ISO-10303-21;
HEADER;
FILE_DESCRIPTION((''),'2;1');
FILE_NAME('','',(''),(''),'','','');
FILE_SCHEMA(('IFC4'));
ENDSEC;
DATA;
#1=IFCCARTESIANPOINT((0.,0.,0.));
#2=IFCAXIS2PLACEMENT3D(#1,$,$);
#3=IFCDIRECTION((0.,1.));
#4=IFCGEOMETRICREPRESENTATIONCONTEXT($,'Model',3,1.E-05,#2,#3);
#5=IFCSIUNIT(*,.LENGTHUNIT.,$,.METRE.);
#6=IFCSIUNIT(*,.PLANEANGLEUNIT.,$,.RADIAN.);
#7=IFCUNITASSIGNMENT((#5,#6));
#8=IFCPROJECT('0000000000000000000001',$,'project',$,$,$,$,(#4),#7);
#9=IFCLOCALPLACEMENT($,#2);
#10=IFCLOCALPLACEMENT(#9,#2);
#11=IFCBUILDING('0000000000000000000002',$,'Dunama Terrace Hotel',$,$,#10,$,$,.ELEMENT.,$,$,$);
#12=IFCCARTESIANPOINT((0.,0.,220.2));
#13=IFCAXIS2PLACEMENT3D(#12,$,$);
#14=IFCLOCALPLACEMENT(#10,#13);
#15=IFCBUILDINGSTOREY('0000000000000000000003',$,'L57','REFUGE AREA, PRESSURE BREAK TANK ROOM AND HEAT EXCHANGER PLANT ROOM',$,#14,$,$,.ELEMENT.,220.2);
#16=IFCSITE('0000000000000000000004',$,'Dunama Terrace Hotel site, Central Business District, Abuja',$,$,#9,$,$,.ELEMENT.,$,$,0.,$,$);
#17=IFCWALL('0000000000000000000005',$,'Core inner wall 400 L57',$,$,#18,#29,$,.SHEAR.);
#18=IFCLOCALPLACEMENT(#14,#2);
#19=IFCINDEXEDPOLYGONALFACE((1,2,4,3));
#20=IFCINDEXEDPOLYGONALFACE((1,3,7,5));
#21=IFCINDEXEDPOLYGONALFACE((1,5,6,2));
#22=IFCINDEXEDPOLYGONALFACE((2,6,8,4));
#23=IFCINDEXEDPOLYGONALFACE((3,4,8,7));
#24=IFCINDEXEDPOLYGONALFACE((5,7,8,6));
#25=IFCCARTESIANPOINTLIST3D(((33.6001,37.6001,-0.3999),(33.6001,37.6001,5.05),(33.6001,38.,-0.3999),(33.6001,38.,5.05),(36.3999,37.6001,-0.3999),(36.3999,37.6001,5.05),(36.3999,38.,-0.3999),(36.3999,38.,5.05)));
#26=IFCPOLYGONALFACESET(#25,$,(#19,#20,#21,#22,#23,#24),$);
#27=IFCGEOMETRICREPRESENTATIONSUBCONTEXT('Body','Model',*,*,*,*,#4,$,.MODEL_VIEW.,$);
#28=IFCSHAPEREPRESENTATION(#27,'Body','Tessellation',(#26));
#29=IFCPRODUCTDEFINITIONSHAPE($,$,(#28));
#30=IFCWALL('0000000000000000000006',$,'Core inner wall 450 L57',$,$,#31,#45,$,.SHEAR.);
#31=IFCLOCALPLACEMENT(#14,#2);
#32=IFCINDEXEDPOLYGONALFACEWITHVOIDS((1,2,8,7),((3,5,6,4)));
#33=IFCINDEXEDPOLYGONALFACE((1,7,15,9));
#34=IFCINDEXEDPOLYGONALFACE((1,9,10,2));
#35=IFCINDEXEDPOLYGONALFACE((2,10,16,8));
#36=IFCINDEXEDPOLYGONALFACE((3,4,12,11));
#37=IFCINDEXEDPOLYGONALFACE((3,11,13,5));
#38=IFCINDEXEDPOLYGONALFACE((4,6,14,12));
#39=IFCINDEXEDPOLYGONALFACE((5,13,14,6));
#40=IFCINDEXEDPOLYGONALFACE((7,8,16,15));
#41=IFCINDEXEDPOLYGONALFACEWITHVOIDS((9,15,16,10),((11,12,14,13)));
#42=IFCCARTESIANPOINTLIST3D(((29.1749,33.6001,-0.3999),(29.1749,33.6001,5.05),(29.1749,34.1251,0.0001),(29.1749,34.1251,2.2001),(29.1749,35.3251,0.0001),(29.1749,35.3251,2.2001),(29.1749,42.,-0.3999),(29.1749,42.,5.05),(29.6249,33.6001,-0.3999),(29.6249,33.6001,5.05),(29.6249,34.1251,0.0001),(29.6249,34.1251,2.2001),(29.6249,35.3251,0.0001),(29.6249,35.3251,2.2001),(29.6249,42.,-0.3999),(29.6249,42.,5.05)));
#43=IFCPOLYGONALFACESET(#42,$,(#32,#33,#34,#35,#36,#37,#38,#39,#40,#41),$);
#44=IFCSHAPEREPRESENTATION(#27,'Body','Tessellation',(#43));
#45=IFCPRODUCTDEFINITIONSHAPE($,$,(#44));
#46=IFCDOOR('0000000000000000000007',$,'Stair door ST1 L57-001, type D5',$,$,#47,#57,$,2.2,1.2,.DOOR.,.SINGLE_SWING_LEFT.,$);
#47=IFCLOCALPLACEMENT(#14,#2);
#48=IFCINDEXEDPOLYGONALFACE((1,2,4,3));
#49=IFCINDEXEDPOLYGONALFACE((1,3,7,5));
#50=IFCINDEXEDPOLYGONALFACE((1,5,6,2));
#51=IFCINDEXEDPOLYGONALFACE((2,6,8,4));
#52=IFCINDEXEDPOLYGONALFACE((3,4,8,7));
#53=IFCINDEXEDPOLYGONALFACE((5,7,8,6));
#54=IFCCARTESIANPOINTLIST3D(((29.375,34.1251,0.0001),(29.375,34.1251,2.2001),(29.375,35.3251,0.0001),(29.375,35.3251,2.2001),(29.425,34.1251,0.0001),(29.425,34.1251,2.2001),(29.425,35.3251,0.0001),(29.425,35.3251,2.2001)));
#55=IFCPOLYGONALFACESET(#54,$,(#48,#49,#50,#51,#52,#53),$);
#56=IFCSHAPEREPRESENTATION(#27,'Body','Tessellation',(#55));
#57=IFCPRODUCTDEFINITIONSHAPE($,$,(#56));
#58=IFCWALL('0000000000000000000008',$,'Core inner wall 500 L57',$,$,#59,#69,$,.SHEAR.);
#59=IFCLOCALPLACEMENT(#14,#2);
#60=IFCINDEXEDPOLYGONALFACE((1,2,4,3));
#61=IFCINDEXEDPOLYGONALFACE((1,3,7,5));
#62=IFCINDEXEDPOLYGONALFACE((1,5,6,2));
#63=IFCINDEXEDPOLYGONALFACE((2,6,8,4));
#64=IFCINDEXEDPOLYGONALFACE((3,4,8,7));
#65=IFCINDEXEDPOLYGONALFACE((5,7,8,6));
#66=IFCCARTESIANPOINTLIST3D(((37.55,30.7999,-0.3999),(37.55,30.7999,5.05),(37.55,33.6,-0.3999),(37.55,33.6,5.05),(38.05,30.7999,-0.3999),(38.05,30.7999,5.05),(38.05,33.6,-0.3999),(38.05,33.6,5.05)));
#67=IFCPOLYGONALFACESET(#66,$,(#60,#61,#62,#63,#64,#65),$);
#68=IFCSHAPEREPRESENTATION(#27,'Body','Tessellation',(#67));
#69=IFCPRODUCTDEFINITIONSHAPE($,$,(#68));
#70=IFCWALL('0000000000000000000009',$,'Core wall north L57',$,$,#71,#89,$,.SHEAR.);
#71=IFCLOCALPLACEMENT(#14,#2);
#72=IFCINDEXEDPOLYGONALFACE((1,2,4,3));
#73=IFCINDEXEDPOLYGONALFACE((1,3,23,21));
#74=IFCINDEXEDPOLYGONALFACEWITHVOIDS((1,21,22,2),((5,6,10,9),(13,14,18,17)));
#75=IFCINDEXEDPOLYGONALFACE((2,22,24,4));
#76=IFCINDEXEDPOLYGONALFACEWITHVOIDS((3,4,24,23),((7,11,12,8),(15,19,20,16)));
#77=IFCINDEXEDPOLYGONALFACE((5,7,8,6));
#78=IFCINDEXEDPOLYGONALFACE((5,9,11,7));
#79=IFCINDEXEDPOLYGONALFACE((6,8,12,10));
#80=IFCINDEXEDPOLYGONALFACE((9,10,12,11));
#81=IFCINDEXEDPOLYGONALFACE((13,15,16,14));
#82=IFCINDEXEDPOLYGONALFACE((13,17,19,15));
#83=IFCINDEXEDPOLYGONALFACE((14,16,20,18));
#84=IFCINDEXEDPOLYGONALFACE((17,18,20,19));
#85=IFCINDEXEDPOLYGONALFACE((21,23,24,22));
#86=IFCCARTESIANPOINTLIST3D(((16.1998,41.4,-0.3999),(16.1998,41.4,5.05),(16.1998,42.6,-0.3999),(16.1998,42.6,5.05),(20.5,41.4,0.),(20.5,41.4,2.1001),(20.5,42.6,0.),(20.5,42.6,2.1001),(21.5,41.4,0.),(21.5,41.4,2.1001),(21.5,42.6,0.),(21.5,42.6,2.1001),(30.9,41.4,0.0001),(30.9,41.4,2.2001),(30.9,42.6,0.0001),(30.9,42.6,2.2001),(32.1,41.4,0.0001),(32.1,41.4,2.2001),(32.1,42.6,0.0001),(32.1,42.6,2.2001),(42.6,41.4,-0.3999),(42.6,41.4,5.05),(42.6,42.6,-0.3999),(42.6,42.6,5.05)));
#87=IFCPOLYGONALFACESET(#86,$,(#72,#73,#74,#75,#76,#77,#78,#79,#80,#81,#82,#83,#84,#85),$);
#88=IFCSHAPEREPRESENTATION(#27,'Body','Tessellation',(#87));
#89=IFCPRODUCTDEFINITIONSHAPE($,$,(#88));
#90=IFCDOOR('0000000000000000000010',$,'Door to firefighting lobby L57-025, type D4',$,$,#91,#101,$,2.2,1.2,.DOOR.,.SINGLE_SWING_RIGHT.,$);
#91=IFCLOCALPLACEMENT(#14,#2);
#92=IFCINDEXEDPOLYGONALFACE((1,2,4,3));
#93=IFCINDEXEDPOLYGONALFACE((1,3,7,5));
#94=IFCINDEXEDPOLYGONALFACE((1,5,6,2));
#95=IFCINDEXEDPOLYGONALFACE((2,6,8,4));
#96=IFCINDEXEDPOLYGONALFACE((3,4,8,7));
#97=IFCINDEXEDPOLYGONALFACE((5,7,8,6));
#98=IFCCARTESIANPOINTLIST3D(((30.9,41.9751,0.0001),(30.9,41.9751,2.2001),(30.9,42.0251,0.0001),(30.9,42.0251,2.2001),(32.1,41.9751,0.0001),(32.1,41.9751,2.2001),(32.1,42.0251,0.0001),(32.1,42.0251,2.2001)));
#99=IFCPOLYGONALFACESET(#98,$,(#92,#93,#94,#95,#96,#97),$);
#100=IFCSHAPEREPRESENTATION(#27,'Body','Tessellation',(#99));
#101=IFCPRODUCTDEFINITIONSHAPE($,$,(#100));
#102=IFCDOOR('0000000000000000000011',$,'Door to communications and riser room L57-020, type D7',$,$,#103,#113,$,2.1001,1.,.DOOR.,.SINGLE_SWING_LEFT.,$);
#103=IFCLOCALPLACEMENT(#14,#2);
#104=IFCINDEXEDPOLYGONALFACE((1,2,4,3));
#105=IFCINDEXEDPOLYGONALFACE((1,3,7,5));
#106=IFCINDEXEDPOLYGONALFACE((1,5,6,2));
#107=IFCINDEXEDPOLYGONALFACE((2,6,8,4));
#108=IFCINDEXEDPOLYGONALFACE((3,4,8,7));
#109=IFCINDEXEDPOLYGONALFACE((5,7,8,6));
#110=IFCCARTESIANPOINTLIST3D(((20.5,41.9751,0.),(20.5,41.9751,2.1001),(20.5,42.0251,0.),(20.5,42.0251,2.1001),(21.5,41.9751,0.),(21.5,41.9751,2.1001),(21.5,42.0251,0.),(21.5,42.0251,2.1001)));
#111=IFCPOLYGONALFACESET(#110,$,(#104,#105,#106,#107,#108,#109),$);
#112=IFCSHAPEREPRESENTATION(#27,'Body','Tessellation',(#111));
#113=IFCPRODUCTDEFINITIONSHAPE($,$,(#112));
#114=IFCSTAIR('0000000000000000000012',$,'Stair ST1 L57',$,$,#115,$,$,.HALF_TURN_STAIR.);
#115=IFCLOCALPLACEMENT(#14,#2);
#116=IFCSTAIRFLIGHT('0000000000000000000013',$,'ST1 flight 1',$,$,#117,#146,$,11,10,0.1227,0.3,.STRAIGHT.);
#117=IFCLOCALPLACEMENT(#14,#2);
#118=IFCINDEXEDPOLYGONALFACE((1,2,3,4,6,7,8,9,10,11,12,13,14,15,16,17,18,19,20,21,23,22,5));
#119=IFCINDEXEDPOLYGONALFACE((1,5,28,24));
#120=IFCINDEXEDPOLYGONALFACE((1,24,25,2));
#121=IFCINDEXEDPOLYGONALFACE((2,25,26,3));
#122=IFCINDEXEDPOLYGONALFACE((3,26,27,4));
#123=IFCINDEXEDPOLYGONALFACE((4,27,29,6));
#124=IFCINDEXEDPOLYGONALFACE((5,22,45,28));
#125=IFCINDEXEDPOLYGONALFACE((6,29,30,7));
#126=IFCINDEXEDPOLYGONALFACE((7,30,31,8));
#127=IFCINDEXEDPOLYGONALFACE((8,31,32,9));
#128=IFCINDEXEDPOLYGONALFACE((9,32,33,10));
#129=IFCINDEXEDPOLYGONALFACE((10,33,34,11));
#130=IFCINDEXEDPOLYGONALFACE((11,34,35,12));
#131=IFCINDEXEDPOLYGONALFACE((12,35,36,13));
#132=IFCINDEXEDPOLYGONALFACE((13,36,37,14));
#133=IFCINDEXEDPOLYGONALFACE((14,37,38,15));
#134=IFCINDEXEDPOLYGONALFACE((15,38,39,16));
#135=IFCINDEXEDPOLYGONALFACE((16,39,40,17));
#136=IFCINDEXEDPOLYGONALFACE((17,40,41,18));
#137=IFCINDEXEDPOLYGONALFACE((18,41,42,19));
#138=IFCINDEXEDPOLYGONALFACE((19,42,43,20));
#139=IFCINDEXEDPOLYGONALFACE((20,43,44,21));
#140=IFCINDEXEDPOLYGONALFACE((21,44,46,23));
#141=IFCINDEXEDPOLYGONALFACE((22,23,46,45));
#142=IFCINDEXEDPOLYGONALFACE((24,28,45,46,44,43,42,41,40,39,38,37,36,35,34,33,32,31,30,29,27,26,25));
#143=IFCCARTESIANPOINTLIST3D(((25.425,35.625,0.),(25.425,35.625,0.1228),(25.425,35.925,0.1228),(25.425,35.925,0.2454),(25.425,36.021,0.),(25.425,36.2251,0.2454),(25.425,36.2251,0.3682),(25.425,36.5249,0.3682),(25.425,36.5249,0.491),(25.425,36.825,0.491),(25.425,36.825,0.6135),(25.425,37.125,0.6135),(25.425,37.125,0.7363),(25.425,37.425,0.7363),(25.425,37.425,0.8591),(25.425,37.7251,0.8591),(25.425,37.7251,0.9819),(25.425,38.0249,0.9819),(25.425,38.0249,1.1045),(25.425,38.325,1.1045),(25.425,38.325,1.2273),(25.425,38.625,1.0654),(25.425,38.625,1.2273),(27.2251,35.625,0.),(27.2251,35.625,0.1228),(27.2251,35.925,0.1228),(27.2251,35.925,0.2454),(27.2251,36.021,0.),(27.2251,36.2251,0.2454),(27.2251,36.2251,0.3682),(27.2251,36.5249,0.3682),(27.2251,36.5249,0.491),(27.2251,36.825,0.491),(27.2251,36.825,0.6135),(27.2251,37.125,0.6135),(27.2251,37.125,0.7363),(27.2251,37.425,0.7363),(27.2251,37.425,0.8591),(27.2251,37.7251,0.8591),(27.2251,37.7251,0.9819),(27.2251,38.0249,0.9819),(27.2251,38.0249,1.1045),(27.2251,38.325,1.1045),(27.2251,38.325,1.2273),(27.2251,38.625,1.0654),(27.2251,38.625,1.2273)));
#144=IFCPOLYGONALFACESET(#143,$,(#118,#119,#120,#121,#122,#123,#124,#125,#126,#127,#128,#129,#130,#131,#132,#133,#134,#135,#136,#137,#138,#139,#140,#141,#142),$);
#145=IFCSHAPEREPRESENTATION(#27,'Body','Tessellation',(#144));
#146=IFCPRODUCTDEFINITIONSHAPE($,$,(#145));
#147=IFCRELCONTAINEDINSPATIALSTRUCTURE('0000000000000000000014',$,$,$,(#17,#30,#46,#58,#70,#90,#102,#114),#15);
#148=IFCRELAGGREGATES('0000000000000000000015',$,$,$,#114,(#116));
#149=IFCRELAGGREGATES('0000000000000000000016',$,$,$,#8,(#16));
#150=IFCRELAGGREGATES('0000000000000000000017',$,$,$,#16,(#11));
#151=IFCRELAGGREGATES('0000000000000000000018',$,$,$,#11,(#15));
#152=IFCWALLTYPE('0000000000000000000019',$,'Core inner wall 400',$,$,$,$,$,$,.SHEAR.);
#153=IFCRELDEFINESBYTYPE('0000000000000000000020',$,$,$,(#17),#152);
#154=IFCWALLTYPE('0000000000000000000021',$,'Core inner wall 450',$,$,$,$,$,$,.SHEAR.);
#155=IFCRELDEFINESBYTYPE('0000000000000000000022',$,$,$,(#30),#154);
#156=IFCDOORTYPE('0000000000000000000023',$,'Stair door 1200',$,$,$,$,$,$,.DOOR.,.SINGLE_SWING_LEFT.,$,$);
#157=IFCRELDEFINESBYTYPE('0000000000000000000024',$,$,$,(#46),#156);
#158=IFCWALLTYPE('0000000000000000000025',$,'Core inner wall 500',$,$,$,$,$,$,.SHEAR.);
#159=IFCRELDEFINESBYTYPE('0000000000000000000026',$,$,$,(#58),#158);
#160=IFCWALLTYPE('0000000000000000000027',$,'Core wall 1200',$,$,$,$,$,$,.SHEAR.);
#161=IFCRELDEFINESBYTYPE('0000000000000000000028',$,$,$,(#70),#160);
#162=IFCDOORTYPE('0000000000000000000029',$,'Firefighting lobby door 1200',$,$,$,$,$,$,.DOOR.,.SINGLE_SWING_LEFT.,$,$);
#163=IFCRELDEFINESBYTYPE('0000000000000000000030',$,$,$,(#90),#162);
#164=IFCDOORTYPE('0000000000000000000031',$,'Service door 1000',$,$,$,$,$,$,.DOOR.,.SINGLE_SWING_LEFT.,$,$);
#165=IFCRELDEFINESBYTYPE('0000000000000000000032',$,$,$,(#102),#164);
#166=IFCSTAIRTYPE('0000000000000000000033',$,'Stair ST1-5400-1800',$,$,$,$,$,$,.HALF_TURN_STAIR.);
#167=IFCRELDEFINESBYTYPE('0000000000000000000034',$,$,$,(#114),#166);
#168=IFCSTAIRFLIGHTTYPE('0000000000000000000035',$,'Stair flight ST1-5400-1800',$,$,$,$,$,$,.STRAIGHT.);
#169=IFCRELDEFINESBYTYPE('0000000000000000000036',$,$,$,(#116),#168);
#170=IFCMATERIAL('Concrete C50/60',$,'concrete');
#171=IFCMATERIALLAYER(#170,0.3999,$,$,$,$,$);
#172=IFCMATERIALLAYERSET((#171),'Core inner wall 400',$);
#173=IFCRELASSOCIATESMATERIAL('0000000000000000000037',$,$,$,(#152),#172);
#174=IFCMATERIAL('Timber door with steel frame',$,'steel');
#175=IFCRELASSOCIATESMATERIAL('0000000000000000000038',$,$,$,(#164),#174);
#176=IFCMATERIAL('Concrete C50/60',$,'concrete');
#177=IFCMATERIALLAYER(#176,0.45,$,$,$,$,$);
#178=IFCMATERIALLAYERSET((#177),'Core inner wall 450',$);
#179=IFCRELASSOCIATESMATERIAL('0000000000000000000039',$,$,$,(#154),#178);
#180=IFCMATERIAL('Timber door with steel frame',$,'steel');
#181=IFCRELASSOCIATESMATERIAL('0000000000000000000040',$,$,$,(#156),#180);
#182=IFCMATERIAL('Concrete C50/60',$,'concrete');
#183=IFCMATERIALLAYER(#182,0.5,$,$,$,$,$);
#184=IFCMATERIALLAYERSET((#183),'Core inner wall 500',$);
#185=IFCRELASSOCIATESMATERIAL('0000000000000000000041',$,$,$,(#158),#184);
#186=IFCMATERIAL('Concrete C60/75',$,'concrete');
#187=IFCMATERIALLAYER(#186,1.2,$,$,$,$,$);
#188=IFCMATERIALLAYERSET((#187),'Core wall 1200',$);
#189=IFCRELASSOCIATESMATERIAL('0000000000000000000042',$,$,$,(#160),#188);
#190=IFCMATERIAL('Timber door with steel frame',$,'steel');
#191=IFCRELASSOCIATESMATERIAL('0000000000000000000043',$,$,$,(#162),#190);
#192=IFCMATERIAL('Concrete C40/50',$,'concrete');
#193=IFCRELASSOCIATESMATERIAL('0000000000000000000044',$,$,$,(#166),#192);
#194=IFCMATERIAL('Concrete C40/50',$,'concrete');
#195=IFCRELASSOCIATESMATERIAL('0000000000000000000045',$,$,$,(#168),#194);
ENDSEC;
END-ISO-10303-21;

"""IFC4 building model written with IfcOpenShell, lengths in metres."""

from ifc_helpers import new_model, si_unit, direction, frame, frame_2d, origin, place, context, subcontext, project, spatial, polyline, rectangle, outline, extrude, material, layer, layer_set, type_object, element, fill, aggregate, save


model = new_model("IFC4")

# Units and contexts
model_context = context("Model", 3, precision=1e-05, world=origin(), true_north=direction((0.0, 1.0)))
body_context = subcontext(model_context, "Body", "Model", "MODEL_VIEW")
ifc_project = project(units=[si_unit("LENGTHUNIT", "METRE"), si_unit("PLANEANGLEUNIT", "RADIAN")], contexts=[model_context])

# Site, building, storey
site_placement = place(None, origin())
site = spatial("IfcSite", under=ifc_project, at=site_placement, Name="Dunama Terrace Hotel site, Central Business District, Abuja", CompositionType="ELEMENT", RefElevation=0.0)
building_placement = place(site_placement, origin())
building = spatial("IfcBuilding", under=site, at=building_placement, Name="Dunama Terrace Hotel", CompositionType="ELEMENT")
storey_placement = place(building_placement, frame((0.0, 0.0, 220.2)))
storey = spatial("IfcBuildingStorey", under=building, at=storey_placement, Name="L57", Description="REFUGE AREA, PRESSURE BREAK TANK ROOM AND HEAT EXCHANGER PLANT ROOM", CompositionType="ELEMENT", Elevation=220.2)

# Shared definitions
ifc_material_1 = material(Name="Concrete C50/60", Category="concrete")
ifc_layer_1 = layer(ifc_material_1, 0.3999)
ifc_layer_set_1 = layer_set([ifc_layer_1], Name="Core inner wall 400")
wall_type_1 = type_object("IfcWallType", Name="Core inner wall 400", PredefinedType="SHEAR", material=ifc_layer_set_1)

# Shared definitions
ifc_material_2 = material(Name="Timber door with steel frame", Category="steel")
door_type_1 = type_object("IfcDoorType", Name="Service door 1000", OperationType="SINGLE_SWING_LEFT", PredefinedType="DOOR", material=ifc_material_2)

# Wall
wall_1_placement = place(storey_placement, frame((33.6001, 37.8, -0.3999), z_axis=(0.0, 0.0, 1.0), x_axis=(1.0, 0.0, 0.0)))
element("IfcWall", 1, at=wall_1_placement, inside=storey, type_object=wall_type_1, Name="Core inner wall 400 L57", PredefinedType="SHEAR", context=body_context, shape_type="SweptSolid", body=[
    extrude(rectangle(XDim=2.7998, YDim=0.3999, at=frame_2d((1.3999, 0.0))), origin(), (0.0, 0.0, 1.0), 5.45),
])

# Wall, opening, door
ifc_material_3 = material(Name="Concrete C50/60", Category="concrete")
ifc_layer_2 = layer(ifc_material_3, 0.45)
ifc_layer_set_2 = layer_set([ifc_layer_2], Name="Core inner wall 450")
wall_type_2 = type_object("IfcWallType", Name="Core inner wall 450", PredefinedType="SHEAR", material=ifc_layer_set_2)
wall_2_placement = place(storey_placement, frame((29.3999, 33.6001, -0.3999), z_axis=(0.0, 0.0, 1.0), x_axis=(0.0, 1.0, 0.0)))
wall_2 = element("IfcWall", 2, at=wall_2_placement, inside=storey, type_object=wall_type_2, Name="Core inner wall 450 L57", PredefinedType="SHEAR", context=body_context, shape_type="SweptSolid", body=[
    extrude(rectangle(XDim=8.3999, YDim=0.45, at=frame_2d((4.2, 0.0))), origin(), (0.0, 0.0, 1.0), 5.45),
])
opening_1_placement = place(wall_2_placement, frame((0.5249, 0.0, 0.3999)))
opening_1 = element("IfcOpeningElement", 3, at=opening_1_placement, cuts=wall_2, PredefinedType="OPENING", context=body_context, shape_type="SweptSolid", body=[
    extrude(rectangle(XDim=1.2, YDim=2.2, at=frame_2d((0.6001, 1.1001))), frame((0.0, 0.2349, 0.0), z_axis=(0.0, -1.0, 0.0), x_axis=(1.0, 0.0, 0.0)), (0.0, 0.0, 1.0), 0.47),
])
ifc_material_4 = material(Name="Timber door with steel frame", Category="steel")
door_type_2 = type_object("IfcDoorType", Name="Stair door 1200", OperationType="SINGLE_SWING_LEFT", PredefinedType="DOOR", material=ifc_material_4)
door_1_placement = place(opening_1_placement, origin())
door_1 = element("IfcDoor", 4, at=door_1_placement, inside=storey, type_object=door_type_2, Name="Stair door ST1 L57-001, type D5", OperationType="SINGLE_SWING_LEFT", OverallHeight=2.2, OverallWidth=1.2, PredefinedType="DOOR", context=body_context, shape_type="SweptSolid", body=[
    extrude(rectangle(XDim=1.2, YDim=2.2, at=frame_2d((0.6001, 1.1001))), frame((0.0, 0.0249, 0.0), z_axis=(0.0, -1.0, 0.0), x_axis=(1.0, 0.0, 0.0)), (0.0, 0.0, 1.0), 0.05),
])
fill(opening_1, door_1)

# Wall
ifc_material_5 = material(Name="Concrete C50/60", Category="concrete")
ifc_layer_3 = layer(ifc_material_5, 0.5)
ifc_layer_set_3 = layer_set([ifc_layer_3], Name="Core inner wall 500")
wall_type_3 = type_object("IfcWallType", Name="Core inner wall 500", PredefinedType="SHEAR", material=ifc_layer_set_3)
wall_3_placement = place(storey_placement, frame((37.8, 30.8, -0.3999), z_axis=(0.0, 0.0, 1.0), x_axis=(0.0, 1.0, 0.0)))
element("IfcWall", 5, at=wall_3_placement, inside=storey, type_object=wall_type_3, Name="Core inner wall 500 L57", PredefinedType="SHEAR", context=body_context, shape_type="SweptSolid", body=[
    extrude(rectangle(XDim=2.8, YDim=0.5, at=frame_2d((1.3999, 0.0))), origin(), (0.0, 0.0, 1.0), 5.45),
])

# Wall, openings, doors
ifc_material_6 = material(Name="Concrete C60/75", Category="concrete")
ifc_layer_4 = layer(ifc_material_6, 1.2)
ifc_layer_set_4 = layer_set([ifc_layer_4], Name="Core wall 1200")
wall_type_4 = type_object("IfcWallType", Name="Core wall 1200", PredefinedType="SHEAR", material=ifc_layer_set_4)
wall_4_placement = place(storey_placement, frame((42.6001, 42.0, -0.3999), z_axis=(0.0, 0.0, 1.0), x_axis=(-1.0, 0.0, 0.0)))
wall_4 = element("IfcWall", 6, at=wall_4_placement, inside=storey, type_object=wall_type_4, Name="Core wall north L57", PredefinedType="SHEAR", context=body_context, shape_type="SweptSolid", body=[
    extrude(rectangle(XDim=26.4001, YDim=1.2, at=frame_2d((13.2002, 0.0))), origin(), (0.0, 0.0, 1.0), 5.45),
])
opening_2_placement = place(wall_4_placement, frame((21.1001, 0.0, 0.3999)))
opening_2 = element("IfcOpeningElement", 7, at=opening_2_placement, cuts=wall_4, PredefinedType="OPENING", context=body_context, shape_type="SweptSolid", body=[
    extrude(rectangle(XDim=1.0, YDim=2.1001, at=frame_2d((0.5, 1.05))), frame((0.0, 0.6099, 0.0), z_axis=(0.0, -1.0, 0.0), x_axis=(1.0, 0.0, 0.0)), (0.0, 0.0, 1.0), 1.22),
])
opening_3_placement = place(wall_4_placement, frame((10.5, 0.0, 0.3999)))
opening_3 = element("IfcOpeningElement", 8, at=opening_3_placement, cuts=wall_4, PredefinedType="OPENING", context=body_context, shape_type="SweptSolid", body=[
    extrude(rectangle(XDim=1.2, YDim=2.2, at=frame_2d((0.6001, 1.1001))), frame((0.0, 0.6099, 0.0), z_axis=(0.0, -1.0, 0.0), x_axis=(1.0, 0.0, 0.0)), (0.0, 0.0, 1.0), 1.22),
])
ifc_material_7 = material(Name="Timber door with steel frame", Category="steel")
door_type_3 = type_object("IfcDoorType", Name="Firefighting lobby door 1200", OperationType="SINGLE_SWING_LEFT", PredefinedType="DOOR", material=ifc_material_7)
door_2_placement = place(opening_3_placement, origin())
door_2 = element("IfcDoor", 9, at=door_2_placement, inside=storey, type_object=door_type_3, Name="Door to firefighting lobby L57-025, type D4", OperationType="SINGLE_SWING_RIGHT", OverallHeight=2.2, OverallWidth=1.2, PredefinedType="DOOR", context=body_context, shape_type="SweptSolid", body=[
    extrude(rectangle(XDim=1.2, YDim=2.2, at=frame_2d((0.6001, 1.1001))), frame((0.0, 0.0249, 0.0), z_axis=(0.0, -1.0, 0.0), x_axis=(1.0, 0.0, 0.0)), (0.0, 0.0, 1.0), 0.05),
])
fill(opening_3, door_2)
door_3_placement = place(opening_2_placement, origin())
door_3 = element("IfcDoor", 10, at=door_3_placement, inside=storey, type_object=door_type_1, Name="Door to communications and riser room L57-020, type D7", OperationType="SINGLE_SWING_LEFT", OverallHeight=2.1001, OverallWidth=1.0, PredefinedType="DOOR", context=body_context, shape_type="SweptSolid", body=[
    extrude(rectangle(XDim=1.0, YDim=2.1001, at=frame_2d((0.5, 1.05))), frame((0.0, 0.0249, 0.0), z_axis=(0.0, -1.0, 0.0), x_axis=(1.0, 0.0, 0.0)), (0.0, 0.0, 1.0), 0.05),
])
fill(opening_2, door_3)

# Stair, stair flight
ifc_material_8 = material(Name="Concrete C40/50", Category="concrete")
stair_type = type_object("IfcStairType", Name="Stair ST1-5400-1800", PredefinedType="HALF_TURN_STAIR", material=ifc_material_8)
stair_placement = place(storey_placement, origin())
stair = element("IfcStair", 11, at=stair_placement, inside=storey, type_object=stair_type, Name="Stair ST1 L57", PredefinedType="HALF_TURN_STAIR")
ifc_material_9 = material(Name="Concrete C40/50", Category="concrete")
stair_flight_type = type_object("IfcStairFlightType", Name="Stair flight ST1-5400-1800", PredefinedType="STRAIGHT", material=ifc_material_9)
stair_flight_1_placement = place(storey_placement, frame((26.325, 35.625, 0.0), z_axis=(0.0, 0.0, 1.0), x_axis=(0.0, 1.0, 0.0)))
stair_flight_1 = element("IfcStairFlight", 12, at=stair_flight_1_placement, type_object=stair_flight_type, Name="ST1 flight 1", NumberOfRisers=11, NumberOfTreads=10, PredefinedType="STRAIGHT", RiserHeight=0.1227, TreadLength=0.3, context=body_context, shape_type="SweptSolid", body=[
    extrude(outline(polyline([(0.0, 0.0), (0.0, 0.1228), (0.3, 0.1228), (0.3, 0.2454), (0.6001, 0.2454), (0.6001, 0.3682), (0.8999, 0.3682), (0.8999, 0.491), (1.2, 0.491), (1.2, 0.6135), (1.5, 0.6135), (1.5, 0.7363), (1.8, 0.7363), (1.8, 0.8591), (2.1001, 0.8591), (2.1001, 0.9819), (2.3999, 0.9819), (2.3999, 1.1045), (2.7, 1.1045), (2.7, 1.2273), (3.0, 1.2273), (3.0, 1.3501), (3.0, 1.0654), (0.396, 0.0), (0.0, 0.0)])), frame((0.0, 0.8999, 0.0), z_axis=(0.0, -1.0, 0.0), x_axis=(1.0, 0.0, 0.0)), (0.0, 0.0, 1.0), 1.8),
])
aggregate(stair, [stair_flight_1])

save(model, "model.ifc")
